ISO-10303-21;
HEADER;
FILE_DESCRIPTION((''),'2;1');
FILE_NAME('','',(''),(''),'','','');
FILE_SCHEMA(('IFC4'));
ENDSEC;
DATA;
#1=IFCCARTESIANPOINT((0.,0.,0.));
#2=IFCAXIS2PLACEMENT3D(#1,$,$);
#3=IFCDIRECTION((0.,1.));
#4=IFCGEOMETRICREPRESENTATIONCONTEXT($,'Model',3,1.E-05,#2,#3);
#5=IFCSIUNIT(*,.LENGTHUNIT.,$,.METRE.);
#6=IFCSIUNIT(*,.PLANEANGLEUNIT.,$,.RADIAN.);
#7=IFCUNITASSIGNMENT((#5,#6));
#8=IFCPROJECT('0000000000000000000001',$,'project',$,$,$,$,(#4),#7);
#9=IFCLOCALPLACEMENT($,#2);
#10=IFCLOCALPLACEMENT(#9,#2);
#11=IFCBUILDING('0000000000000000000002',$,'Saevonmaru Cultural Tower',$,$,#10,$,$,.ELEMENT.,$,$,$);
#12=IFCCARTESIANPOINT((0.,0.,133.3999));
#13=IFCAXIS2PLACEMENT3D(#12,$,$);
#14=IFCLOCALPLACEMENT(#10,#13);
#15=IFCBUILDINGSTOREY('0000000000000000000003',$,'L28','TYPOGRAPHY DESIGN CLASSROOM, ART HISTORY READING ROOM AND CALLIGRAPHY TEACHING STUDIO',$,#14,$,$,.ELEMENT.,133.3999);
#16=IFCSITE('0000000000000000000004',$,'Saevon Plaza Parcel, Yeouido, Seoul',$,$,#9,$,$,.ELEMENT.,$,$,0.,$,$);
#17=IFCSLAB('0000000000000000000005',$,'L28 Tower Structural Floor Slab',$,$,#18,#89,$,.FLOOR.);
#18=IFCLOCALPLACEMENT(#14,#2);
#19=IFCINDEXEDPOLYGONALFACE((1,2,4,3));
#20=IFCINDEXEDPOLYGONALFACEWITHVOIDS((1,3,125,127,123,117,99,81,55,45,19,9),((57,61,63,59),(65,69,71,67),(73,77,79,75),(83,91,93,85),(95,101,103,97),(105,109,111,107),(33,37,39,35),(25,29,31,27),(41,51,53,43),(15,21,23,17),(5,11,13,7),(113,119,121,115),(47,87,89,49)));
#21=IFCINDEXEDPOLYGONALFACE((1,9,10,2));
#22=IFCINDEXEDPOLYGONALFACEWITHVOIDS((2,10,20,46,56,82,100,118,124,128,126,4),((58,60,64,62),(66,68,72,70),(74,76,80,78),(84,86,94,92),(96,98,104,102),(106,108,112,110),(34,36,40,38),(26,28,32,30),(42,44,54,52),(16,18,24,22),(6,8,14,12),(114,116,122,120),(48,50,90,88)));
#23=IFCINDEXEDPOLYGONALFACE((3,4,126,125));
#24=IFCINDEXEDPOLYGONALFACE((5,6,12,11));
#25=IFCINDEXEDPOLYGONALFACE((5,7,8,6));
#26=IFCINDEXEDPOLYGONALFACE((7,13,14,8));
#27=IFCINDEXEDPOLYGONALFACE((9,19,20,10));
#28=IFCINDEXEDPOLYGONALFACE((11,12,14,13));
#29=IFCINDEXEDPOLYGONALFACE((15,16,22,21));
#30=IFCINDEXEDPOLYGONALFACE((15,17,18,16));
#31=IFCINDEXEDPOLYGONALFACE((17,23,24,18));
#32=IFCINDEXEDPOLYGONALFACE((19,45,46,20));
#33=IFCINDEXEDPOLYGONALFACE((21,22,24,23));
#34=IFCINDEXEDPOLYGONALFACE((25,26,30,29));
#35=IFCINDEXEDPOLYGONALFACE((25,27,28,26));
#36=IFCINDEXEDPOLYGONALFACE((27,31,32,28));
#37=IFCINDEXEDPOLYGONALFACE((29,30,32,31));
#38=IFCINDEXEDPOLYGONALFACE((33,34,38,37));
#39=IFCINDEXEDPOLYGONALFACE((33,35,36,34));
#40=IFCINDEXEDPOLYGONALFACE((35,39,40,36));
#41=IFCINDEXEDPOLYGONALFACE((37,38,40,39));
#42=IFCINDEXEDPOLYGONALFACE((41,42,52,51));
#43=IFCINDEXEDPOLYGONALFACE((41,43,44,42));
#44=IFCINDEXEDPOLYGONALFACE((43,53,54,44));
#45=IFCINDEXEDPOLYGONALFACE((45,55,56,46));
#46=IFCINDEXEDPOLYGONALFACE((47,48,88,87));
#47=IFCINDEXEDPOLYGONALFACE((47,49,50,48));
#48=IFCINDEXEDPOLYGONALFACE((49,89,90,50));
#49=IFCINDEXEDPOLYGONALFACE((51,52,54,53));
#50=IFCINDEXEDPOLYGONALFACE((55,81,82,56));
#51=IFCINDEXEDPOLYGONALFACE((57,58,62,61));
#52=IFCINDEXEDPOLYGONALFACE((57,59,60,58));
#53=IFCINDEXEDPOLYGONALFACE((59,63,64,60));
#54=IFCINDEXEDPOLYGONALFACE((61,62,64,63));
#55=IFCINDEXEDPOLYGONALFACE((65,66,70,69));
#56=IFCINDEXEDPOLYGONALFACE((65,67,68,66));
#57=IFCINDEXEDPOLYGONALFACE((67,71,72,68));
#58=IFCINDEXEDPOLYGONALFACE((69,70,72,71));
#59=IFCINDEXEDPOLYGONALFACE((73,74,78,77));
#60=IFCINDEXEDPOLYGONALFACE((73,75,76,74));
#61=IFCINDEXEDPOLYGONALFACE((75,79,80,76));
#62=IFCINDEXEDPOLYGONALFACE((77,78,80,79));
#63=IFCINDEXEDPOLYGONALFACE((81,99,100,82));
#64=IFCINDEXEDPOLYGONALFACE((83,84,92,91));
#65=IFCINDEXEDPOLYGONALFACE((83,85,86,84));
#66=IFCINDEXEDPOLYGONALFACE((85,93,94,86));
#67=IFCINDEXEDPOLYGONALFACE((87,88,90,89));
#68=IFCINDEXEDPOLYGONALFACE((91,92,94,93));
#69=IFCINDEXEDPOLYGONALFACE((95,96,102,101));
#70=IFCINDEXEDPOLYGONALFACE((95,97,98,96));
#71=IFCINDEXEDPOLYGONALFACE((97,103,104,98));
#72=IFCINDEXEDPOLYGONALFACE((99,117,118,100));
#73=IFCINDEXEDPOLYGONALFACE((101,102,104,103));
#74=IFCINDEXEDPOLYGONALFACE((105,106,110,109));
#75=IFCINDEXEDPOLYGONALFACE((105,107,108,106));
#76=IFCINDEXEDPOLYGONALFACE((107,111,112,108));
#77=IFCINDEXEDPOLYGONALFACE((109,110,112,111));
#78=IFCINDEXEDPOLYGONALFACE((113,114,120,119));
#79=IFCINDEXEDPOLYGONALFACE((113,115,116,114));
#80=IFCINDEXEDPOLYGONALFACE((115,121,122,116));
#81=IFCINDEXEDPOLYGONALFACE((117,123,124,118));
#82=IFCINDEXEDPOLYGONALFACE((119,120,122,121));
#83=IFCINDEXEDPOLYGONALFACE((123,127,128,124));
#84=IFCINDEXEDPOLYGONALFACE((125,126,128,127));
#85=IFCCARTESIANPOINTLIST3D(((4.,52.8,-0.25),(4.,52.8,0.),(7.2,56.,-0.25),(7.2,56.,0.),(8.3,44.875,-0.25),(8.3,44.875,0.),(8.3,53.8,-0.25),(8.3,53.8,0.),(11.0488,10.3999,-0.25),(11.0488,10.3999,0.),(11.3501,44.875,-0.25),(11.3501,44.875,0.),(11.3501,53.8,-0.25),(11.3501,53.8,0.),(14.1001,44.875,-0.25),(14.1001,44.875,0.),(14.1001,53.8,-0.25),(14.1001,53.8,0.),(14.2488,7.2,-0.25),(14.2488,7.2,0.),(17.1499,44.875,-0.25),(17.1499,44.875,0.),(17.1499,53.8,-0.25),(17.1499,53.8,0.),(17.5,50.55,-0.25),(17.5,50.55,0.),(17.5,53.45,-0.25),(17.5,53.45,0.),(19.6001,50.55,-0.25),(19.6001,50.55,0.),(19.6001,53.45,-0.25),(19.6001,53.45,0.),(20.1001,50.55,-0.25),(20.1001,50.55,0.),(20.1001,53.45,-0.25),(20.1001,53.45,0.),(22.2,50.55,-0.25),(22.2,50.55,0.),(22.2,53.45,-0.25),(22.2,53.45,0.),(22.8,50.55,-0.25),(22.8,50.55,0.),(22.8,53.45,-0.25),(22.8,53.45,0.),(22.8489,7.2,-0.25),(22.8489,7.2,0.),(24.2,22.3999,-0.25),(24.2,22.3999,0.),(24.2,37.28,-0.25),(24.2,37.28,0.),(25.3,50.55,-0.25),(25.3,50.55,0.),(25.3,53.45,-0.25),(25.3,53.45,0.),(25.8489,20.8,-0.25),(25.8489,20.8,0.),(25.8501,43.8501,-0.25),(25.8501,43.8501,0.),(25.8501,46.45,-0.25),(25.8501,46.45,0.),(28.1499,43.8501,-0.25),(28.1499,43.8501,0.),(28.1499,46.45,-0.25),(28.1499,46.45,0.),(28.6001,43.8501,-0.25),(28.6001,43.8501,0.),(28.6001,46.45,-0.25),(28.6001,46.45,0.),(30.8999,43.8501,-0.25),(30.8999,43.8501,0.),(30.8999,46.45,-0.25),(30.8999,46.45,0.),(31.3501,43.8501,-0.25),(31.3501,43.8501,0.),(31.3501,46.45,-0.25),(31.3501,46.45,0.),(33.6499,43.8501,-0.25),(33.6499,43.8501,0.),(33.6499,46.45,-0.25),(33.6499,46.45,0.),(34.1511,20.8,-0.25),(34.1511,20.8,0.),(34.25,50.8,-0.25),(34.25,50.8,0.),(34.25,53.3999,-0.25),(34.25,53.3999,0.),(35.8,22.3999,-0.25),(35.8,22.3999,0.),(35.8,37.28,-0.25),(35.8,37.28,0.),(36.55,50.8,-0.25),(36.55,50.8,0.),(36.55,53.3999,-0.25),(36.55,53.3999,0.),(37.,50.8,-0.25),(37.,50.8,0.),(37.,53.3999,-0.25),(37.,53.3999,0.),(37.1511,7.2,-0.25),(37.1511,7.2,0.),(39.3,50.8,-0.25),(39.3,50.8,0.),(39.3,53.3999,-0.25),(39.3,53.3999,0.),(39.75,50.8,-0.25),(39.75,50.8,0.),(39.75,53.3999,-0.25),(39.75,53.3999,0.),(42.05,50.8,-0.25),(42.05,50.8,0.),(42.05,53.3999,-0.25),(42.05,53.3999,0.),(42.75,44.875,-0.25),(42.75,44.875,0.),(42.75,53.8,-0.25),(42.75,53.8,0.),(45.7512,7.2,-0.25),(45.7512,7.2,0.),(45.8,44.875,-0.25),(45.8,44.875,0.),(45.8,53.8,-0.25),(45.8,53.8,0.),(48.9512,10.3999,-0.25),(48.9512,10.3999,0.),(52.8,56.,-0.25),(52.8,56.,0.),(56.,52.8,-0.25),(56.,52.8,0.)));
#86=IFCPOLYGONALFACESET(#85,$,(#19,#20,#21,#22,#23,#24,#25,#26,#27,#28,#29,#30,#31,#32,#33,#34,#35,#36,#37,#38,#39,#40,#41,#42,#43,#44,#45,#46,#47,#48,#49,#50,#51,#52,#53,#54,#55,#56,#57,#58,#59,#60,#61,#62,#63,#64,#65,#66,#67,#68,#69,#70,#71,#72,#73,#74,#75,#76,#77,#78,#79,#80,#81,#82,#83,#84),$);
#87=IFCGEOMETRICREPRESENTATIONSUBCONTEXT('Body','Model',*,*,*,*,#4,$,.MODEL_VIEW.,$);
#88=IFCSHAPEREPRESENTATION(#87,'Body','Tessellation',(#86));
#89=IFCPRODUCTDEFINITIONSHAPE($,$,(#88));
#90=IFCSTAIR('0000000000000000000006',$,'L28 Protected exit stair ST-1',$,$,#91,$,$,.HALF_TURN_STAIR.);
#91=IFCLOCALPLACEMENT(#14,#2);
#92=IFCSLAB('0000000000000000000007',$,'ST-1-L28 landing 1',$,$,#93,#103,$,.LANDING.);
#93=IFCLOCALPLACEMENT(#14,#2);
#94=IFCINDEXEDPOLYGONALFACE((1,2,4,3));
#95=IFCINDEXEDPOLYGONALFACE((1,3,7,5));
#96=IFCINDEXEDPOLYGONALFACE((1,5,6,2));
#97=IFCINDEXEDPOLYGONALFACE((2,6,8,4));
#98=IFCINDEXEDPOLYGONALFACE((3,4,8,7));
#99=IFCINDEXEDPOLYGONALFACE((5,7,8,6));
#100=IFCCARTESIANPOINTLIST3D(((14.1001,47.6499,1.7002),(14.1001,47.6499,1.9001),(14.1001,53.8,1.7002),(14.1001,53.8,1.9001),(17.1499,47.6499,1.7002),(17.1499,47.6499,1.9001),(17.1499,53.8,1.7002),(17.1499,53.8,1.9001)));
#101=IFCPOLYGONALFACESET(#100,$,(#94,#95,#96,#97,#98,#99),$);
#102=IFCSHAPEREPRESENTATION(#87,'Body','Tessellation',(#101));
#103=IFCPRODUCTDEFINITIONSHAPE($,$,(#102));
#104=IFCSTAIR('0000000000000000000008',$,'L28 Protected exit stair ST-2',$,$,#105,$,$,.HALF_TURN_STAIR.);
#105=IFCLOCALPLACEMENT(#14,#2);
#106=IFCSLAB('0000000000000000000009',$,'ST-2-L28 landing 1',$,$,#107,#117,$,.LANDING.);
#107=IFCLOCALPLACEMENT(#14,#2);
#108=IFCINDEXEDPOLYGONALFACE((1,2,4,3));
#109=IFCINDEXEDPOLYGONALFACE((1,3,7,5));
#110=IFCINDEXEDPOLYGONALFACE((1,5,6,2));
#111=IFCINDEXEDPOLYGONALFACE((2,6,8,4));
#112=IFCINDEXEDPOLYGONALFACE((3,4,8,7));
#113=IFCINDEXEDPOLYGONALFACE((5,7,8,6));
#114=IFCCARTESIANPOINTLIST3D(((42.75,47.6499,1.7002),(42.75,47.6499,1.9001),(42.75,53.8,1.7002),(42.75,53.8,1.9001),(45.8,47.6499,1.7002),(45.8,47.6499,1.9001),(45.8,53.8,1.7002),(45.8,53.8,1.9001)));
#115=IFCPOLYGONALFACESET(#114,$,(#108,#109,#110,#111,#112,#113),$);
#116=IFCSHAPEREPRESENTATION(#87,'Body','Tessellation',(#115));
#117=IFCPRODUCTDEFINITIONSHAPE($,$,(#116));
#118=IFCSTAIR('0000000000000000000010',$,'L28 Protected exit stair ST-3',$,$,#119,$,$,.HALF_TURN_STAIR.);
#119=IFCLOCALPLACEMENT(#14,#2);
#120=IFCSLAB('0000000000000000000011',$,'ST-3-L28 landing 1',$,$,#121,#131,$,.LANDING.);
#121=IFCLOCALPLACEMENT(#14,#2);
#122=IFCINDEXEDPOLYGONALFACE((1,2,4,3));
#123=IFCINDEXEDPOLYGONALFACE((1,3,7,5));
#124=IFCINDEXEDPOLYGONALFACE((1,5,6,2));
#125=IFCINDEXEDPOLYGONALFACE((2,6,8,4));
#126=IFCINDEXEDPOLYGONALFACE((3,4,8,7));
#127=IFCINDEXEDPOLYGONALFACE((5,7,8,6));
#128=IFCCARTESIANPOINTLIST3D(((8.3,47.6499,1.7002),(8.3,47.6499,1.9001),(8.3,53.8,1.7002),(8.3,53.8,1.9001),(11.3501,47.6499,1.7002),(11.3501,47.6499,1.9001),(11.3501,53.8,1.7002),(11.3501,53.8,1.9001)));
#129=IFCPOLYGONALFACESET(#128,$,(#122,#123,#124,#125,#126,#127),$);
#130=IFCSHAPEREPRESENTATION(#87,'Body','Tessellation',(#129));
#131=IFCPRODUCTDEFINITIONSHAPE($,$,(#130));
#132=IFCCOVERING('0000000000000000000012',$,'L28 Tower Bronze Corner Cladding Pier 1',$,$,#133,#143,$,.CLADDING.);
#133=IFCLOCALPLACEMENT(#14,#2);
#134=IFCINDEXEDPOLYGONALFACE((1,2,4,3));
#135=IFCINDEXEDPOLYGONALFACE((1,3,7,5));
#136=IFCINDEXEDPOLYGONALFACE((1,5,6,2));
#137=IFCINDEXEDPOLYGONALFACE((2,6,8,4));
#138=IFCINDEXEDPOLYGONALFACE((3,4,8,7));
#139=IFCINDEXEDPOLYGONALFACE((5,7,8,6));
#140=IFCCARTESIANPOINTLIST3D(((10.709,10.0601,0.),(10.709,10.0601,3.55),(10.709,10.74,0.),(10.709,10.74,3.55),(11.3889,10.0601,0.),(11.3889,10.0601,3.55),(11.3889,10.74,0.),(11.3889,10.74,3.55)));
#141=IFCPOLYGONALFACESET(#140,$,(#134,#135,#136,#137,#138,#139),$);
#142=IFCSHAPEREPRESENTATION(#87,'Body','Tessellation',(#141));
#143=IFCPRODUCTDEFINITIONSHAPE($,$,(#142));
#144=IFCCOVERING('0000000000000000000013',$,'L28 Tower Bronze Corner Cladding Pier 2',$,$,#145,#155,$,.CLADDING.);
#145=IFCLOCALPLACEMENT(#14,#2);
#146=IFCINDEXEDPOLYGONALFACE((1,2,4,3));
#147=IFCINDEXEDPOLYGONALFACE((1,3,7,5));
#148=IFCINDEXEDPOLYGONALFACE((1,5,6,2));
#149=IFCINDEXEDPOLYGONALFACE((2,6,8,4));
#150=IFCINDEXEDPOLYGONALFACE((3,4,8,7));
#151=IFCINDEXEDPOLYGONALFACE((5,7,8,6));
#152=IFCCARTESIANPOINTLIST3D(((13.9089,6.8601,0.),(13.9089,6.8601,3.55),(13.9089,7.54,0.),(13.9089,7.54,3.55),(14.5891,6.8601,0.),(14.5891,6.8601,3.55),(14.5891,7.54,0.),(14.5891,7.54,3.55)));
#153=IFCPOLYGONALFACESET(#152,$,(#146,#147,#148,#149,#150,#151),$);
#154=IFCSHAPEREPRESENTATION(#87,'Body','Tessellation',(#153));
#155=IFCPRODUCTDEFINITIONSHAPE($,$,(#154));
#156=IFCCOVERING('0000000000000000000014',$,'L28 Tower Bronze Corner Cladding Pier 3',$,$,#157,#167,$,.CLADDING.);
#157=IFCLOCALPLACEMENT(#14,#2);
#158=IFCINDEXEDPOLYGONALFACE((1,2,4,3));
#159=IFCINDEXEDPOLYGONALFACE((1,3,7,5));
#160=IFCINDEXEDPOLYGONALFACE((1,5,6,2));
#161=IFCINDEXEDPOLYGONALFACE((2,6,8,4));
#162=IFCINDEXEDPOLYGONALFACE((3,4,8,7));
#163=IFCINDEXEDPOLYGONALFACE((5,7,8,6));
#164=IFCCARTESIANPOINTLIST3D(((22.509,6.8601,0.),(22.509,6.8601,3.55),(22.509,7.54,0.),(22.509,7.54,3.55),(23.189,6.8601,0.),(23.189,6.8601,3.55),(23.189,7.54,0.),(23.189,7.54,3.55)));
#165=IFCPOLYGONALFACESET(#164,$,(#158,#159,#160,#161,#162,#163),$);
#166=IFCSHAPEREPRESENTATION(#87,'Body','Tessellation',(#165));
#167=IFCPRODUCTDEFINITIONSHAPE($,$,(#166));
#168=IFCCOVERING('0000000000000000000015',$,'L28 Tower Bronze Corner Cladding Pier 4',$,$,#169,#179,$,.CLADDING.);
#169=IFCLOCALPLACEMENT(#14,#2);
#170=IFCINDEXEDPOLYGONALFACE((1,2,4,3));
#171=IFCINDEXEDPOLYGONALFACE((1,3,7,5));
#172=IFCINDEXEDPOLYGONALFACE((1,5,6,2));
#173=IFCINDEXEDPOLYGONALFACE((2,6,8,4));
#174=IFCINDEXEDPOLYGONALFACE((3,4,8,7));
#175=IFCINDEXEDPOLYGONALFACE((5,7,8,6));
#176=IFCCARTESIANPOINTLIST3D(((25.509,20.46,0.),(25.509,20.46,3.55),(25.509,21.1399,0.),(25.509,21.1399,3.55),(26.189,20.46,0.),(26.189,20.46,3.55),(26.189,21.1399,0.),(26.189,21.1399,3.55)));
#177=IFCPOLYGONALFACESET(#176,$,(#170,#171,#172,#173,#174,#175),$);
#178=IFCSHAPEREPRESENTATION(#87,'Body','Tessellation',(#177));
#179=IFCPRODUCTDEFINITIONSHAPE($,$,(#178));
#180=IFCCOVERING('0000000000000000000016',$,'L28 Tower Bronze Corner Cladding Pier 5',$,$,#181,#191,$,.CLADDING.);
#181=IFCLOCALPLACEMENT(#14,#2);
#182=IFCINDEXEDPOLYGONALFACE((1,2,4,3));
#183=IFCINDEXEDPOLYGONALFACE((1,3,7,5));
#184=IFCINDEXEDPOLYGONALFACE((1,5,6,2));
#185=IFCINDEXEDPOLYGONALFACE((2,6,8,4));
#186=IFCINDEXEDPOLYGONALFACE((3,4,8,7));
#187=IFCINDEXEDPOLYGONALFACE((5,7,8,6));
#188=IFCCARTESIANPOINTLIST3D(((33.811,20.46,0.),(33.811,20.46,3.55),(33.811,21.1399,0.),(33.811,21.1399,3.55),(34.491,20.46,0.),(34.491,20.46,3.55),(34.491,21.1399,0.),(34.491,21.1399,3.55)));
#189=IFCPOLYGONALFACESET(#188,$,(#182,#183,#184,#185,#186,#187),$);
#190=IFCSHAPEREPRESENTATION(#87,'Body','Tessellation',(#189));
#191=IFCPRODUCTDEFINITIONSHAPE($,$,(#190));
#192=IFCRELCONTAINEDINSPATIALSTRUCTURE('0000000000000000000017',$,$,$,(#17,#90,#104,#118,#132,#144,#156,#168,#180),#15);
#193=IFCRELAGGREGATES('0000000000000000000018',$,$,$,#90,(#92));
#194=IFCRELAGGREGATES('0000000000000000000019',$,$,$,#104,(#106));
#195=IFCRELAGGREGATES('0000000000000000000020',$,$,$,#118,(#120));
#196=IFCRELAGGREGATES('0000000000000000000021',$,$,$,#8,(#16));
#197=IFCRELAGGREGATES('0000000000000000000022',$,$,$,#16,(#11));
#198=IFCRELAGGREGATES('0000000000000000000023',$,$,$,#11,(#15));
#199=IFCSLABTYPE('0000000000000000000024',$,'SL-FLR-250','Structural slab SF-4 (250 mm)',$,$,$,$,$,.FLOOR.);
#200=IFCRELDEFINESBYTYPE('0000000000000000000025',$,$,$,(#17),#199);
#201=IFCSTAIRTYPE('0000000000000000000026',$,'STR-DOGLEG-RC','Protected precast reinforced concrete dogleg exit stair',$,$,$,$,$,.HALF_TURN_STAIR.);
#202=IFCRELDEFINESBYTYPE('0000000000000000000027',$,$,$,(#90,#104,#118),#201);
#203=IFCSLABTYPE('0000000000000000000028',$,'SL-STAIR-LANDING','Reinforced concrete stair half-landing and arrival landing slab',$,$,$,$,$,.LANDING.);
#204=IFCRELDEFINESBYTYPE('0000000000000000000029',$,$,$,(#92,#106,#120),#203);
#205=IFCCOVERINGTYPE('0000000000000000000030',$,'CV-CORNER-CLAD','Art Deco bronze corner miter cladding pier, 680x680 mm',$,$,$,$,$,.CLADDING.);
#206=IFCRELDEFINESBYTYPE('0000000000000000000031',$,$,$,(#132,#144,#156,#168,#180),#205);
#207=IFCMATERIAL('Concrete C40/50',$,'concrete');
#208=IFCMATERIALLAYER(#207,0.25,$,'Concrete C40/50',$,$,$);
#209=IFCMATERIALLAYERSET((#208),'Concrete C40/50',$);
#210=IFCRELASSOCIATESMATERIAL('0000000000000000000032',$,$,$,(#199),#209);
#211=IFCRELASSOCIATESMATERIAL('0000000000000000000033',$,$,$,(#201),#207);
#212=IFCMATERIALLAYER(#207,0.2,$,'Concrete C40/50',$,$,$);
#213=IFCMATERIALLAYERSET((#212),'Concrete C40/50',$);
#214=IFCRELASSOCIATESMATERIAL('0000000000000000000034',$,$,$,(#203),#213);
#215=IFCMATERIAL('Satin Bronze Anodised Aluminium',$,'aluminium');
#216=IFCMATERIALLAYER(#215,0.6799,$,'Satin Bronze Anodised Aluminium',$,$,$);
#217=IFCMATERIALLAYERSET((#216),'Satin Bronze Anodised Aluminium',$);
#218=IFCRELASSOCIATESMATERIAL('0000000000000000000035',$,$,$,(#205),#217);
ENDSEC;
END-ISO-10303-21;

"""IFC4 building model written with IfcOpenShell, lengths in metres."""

from ifc_helpers import new_model, si_unit, direction, frame, origin, place, context, subcontext, project, spatial, polyline, outline, extrude, material, layer, layer_set, type_object, element, aggregate, save


model = new_model("IFC4")

# Units and contexts
model_context = context("Model", 3, precision=1e-05, world=origin(), true_north=direction((0.0, 1.0)))
body_context = subcontext(model_context, "Body", "Model", "MODEL_VIEW")
ifc_project = project(units=[si_unit("LENGTHUNIT", "METRE"), si_unit("PLANEANGLEUNIT", "RADIAN")], contexts=[model_context])

# Site, building, storey
site_placement = place(None, origin())
site = spatial("IfcSite", under=ifc_project, at=site_placement, Name="Saevon Plaza Parcel, Yeouido, Seoul", CompositionType="ELEMENT", RefElevation=0.0)
building_placement = place(site_placement, origin())
building = spatial("IfcBuilding", under=site, at=building_placement, Name="Saevonmaru Cultural Tower", CompositionType="ELEMENT")
storey_placement = place(building_placement, frame((0.0, 0.0, 133.3999)))
storey = spatial("IfcBuildingStorey", under=building, at=storey_placement, Name="L28", Description="TYPOGRAPHY DESIGN CLASSROOM, ART HISTORY READING ROOM AND CALLIGRAPHY TEACHING STUDIO", CompositionType="ELEMENT", Elevation=133.3999)

# Shared definitions
ifc_material_1 = material(Name="Satin Bronze Anodised Aluminium", Category="aluminium")

# Slab
ifc_material_2 = material(Name="Concrete C40/50", Category="concrete")
ifc_layer_1 = layer(ifc_material_2, 0.25, Name="Concrete C40/50")
ifc_layer_set_1 = layer_set([ifc_layer_1], Name="Concrete C40/50")
slab_type_1 = type_object("IfcSlabType", Name="SL-FLR-250", Description="Structural slab SF-4 (250 mm)", PredefinedType="FLOOR", material=ifc_layer_set_1)
slab_1_placement = place(storey_placement, frame((0.0, 0.0, -0.25)))
element("IfcSlab", 1, at=slab_1_placement, inside=storey, type_object=slab_type_1, Name="L28 Tower Structural Floor Slab", PredefinedType="FLOOR", context=body_context, shape_type="SweptSolid", body=[
    extrude(outline(polyline([(11.0488, 10.3999), (14.2488, 7.2), (22.8489, 7.2), (25.8489, 20.8), (34.1511, 20.8), (37.1511, 7.2), (45.7512, 7.2), (48.9512, 10.3999), (56.0, 52.8), (52.8, 56.0), (7.2, 56.0), (4.0, 52.8), (11.0488, 10.3999)]), holes=[polyline([(45.8, 44.875), (42.75, 44.875), (42.75, 53.8), (45.8, 53.8), (45.8, 44.875)]), polyline([(39.75, 50.8), (39.75, 53.3999), (42.05, 53.3999), (42.05, 50.8), (39.75, 50.8)]), polyline([(37.0, 50.8), (37.0, 53.3999), (39.3, 53.3999), (39.3, 50.8), (37.0, 50.8)]), polyline([(34.25, 50.8), (34.25, 53.3999), (36.55, 53.3999), (36.55, 50.8), (34.25, 50.8)]), polyline([(24.2, 22.3999), (24.2, 37.28), (35.8, 37.28), (35.8, 22.3999), (24.2, 22.3999)]), polyline([(31.3501, 43.8501), (31.3501, 46.45), (33.6499, 46.45), (33.6499, 43.8501), (31.3501, 43.8501)]), polyline([(28.6001, 43.8501), (28.6001, 46.45), (30.8999, 46.45), (30.8999, 43.8501), (28.6001, 43.8501)]), polyline([(28.1499, 43.8501), (25.8501, 43.8501), (25.8501, 46.45), (28.1499, 46.45), (28.1499, 43.8501)]), polyline([(25.3, 50.55), (22.8, 50.55), (22.8, 53.45), (25.3, 53.45), (25.3, 50.55)]), polyline([(20.1001, 50.55), (20.1001, 53.45), (22.2, 53.45), (22.2, 50.55), (20.1001, 50.55)]), polyline([(17.5, 50.55), (17.5, 53.45), (19.6001, 53.45), (19.6001, 50.55), (17.5, 50.55)]), polyline([(17.1499, 53.8), (17.1499, 44.875), (14.1001, 44.875), (14.1001, 53.8), (17.1499, 53.8)]), polyline([(11.3501, 44.875), (8.3, 44.875), (8.3, 53.8), (11.3501, 53.8), (11.3501, 44.875)])]), origin(), (0.0, 0.0, 1.0), 0.25),
])

# Stairs, slabs
stair_type = type_object("IfcStairType", Name="STR-DOGLEG-RC", Description="Protected precast reinforced concrete dogleg exit stair", PredefinedType="HALF_TURN_STAIR", material=ifc_material_2)
stair_1_placement = place(storey_placement, origin())
stair_1 = element("IfcStair", 2, at=stair_1_placement, inside=storey, type_object=stair_type, Name="L28 Protected exit stair ST-1", PredefinedType="HALF_TURN_STAIR")
ifc_layer_2 = layer(ifc_material_2, 0.2, Name="Concrete C40/50")
ifc_layer_set_2 = layer_set([ifc_layer_2], Name="Concrete C40/50")
slab_type_2 = type_object("IfcSlabType", Name="SL-STAIR-LANDING", Description="Reinforced concrete stair half-landing and arrival landing slab", PredefinedType="LANDING", material=ifc_layer_set_2)
slab_2_placement = place(storey_placement, frame((0.0, 0.0, 1.7002)))
slab_2 = element("IfcSlab", 3, at=slab_2_placement, type_object=slab_type_2, Name="ST-1-L28 landing 1", PredefinedType="LANDING", context=body_context, shape_type="SweptSolid", body=[
    extrude(outline(polyline([(17.1499, 47.6499), (17.1499, 53.8), (14.1001, 53.8), (14.1001, 47.6499), (17.1499, 47.6499)])), origin(), (0.0, 0.0, 1.0), 0.2),
])
aggregate(stair_1, [slab_2])
stair_2_placement = place(storey_placement, origin())
stair_2 = element("IfcStair", 4, at=stair_2_placement, inside=storey, type_object=stair_type, Name="L28 Protected exit stair ST-2", PredefinedType="HALF_TURN_STAIR")
slab_3_placement = place(storey_placement, frame((0.0, 0.0, 1.7002)))
slab_3 = element("IfcSlab", 5, at=slab_3_placement, type_object=slab_type_2, Name="ST-2-L28 landing 1", PredefinedType="LANDING", context=body_context, shape_type="SweptSolid", body=[
    extrude(outline(polyline([(45.8, 47.6499), (45.8, 53.8), (42.75, 53.8), (42.75, 47.6499), (45.8, 47.6499)])), origin(), (0.0, 0.0, 1.0), 0.2),
])
aggregate(stair_2, [slab_3])
stair_3_placement = place(storey_placement, origin())
stair_3 = element("IfcStair", 6, at=stair_3_placement, inside=storey, type_object=stair_type, Name="L28 Protected exit stair ST-3", PredefinedType="HALF_TURN_STAIR")
slab_4_placement = place(storey_placement, frame((0.0, 0.0, 1.7002)))
slab_4 = element("IfcSlab", 7, at=slab_4_placement, type_object=slab_type_2, Name="ST-3-L28 landing 1", PredefinedType="LANDING", context=body_context, shape_type="SweptSolid", body=[
    extrude(outline(polyline([(11.3501, 47.6499), (11.3501, 53.8), (8.3, 53.8), (8.3, 47.6499), (11.3501, 47.6499)])), origin(), (0.0, 0.0, 1.0), 0.2),
])
aggregate(stair_3, [slab_4])

# Coverings
ifc_layer_3 = layer(ifc_material_1, 0.6799, Name="Satin Bronze Anodised Aluminium")
ifc_layer_set_3 = layer_set([ifc_layer_3], Name="Satin Bronze Anodised Aluminium")
covering_type = type_object("IfcCoveringType", Name="CV-CORNER-CLAD", Description="Art Deco bronze corner miter cladding pier, 680x680 mm", PredefinedType="CLADDING", material=ifc_layer_set_3)
covering_1_placement = place(storey_placement, origin())
element("IfcCovering", 8, at=covering_1_placement, inside=storey, type_object=covering_type, Name="L28 Tower Bronze Corner Cladding Pier 1", PredefinedType="CLADDING", context=body_context, shape_type="SweptSolid", body=[
    extrude(outline(polyline([(10.709, 10.0601), (11.3889, 10.0601), (11.3889, 10.74), (10.709, 10.74), (10.709, 10.0601)])), origin(), (0.0, 0.0, 1.0), 3.55),
])
covering_2_placement = place(storey_placement, origin())
element("IfcCovering", 9, at=covering_2_placement, inside=storey, type_object=covering_type, Name="L28 Tower Bronze Corner Cladding Pier 2", PredefinedType="CLADDING", context=body_context, shape_type="SweptSolid", body=[
    extrude(outline(polyline([(13.9089, 6.8601), (14.5891, 6.8601), (14.5891, 7.54), (13.9089, 7.54), (13.9089, 6.8601)])), origin(), (0.0, 0.0, 1.0), 3.55),
])
covering_3_placement = place(storey_placement, origin())
element("IfcCovering", 10, at=covering_3_placement, inside=storey, type_object=covering_type, Name="L28 Tower Bronze Corner Cladding Pier 3", PredefinedType="CLADDING", context=body_context, shape_type="SweptSolid", body=[
    extrude(outline(polyline([(22.509, 6.8601), (23.189, 6.8601), (23.189, 7.54), (22.509, 7.54), (22.509, 6.8601)])), origin(), (0.0, 0.0, 1.0), 3.55),
])
covering_4_placement = place(storey_placement, origin())
element("IfcCovering", 11, at=covering_4_placement, inside=storey, type_object=covering_type, Name="L28 Tower Bronze Corner Cladding Pier 4", PredefinedType="CLADDING", context=body_context, shape_type="SweptSolid", body=[
    extrude(outline(polyline([(25.509, 20.46), (26.189, 20.46), (26.189, 21.1399), (25.509, 21.1399), (25.509, 20.46)])), origin(), (0.0, 0.0, 1.0), 3.55),
])
covering_5_placement = place(storey_placement, origin())
element("IfcCovering", 12, at=covering_5_placement, inside=storey, type_object=covering_type, Name="L28 Tower Bronze Corner Cladding Pier 5", PredefinedType="CLADDING", context=body_context, shape_type="SweptSolid", body=[
    extrude(outline(polyline([(33.811, 20.46), (34.491, 20.46), (34.491, 21.1399), (33.811, 21.1399), (33.811, 20.46)])), origin(), (0.0, 0.0, 1.0), 3.55),
])

save(model, "model.ifc")
